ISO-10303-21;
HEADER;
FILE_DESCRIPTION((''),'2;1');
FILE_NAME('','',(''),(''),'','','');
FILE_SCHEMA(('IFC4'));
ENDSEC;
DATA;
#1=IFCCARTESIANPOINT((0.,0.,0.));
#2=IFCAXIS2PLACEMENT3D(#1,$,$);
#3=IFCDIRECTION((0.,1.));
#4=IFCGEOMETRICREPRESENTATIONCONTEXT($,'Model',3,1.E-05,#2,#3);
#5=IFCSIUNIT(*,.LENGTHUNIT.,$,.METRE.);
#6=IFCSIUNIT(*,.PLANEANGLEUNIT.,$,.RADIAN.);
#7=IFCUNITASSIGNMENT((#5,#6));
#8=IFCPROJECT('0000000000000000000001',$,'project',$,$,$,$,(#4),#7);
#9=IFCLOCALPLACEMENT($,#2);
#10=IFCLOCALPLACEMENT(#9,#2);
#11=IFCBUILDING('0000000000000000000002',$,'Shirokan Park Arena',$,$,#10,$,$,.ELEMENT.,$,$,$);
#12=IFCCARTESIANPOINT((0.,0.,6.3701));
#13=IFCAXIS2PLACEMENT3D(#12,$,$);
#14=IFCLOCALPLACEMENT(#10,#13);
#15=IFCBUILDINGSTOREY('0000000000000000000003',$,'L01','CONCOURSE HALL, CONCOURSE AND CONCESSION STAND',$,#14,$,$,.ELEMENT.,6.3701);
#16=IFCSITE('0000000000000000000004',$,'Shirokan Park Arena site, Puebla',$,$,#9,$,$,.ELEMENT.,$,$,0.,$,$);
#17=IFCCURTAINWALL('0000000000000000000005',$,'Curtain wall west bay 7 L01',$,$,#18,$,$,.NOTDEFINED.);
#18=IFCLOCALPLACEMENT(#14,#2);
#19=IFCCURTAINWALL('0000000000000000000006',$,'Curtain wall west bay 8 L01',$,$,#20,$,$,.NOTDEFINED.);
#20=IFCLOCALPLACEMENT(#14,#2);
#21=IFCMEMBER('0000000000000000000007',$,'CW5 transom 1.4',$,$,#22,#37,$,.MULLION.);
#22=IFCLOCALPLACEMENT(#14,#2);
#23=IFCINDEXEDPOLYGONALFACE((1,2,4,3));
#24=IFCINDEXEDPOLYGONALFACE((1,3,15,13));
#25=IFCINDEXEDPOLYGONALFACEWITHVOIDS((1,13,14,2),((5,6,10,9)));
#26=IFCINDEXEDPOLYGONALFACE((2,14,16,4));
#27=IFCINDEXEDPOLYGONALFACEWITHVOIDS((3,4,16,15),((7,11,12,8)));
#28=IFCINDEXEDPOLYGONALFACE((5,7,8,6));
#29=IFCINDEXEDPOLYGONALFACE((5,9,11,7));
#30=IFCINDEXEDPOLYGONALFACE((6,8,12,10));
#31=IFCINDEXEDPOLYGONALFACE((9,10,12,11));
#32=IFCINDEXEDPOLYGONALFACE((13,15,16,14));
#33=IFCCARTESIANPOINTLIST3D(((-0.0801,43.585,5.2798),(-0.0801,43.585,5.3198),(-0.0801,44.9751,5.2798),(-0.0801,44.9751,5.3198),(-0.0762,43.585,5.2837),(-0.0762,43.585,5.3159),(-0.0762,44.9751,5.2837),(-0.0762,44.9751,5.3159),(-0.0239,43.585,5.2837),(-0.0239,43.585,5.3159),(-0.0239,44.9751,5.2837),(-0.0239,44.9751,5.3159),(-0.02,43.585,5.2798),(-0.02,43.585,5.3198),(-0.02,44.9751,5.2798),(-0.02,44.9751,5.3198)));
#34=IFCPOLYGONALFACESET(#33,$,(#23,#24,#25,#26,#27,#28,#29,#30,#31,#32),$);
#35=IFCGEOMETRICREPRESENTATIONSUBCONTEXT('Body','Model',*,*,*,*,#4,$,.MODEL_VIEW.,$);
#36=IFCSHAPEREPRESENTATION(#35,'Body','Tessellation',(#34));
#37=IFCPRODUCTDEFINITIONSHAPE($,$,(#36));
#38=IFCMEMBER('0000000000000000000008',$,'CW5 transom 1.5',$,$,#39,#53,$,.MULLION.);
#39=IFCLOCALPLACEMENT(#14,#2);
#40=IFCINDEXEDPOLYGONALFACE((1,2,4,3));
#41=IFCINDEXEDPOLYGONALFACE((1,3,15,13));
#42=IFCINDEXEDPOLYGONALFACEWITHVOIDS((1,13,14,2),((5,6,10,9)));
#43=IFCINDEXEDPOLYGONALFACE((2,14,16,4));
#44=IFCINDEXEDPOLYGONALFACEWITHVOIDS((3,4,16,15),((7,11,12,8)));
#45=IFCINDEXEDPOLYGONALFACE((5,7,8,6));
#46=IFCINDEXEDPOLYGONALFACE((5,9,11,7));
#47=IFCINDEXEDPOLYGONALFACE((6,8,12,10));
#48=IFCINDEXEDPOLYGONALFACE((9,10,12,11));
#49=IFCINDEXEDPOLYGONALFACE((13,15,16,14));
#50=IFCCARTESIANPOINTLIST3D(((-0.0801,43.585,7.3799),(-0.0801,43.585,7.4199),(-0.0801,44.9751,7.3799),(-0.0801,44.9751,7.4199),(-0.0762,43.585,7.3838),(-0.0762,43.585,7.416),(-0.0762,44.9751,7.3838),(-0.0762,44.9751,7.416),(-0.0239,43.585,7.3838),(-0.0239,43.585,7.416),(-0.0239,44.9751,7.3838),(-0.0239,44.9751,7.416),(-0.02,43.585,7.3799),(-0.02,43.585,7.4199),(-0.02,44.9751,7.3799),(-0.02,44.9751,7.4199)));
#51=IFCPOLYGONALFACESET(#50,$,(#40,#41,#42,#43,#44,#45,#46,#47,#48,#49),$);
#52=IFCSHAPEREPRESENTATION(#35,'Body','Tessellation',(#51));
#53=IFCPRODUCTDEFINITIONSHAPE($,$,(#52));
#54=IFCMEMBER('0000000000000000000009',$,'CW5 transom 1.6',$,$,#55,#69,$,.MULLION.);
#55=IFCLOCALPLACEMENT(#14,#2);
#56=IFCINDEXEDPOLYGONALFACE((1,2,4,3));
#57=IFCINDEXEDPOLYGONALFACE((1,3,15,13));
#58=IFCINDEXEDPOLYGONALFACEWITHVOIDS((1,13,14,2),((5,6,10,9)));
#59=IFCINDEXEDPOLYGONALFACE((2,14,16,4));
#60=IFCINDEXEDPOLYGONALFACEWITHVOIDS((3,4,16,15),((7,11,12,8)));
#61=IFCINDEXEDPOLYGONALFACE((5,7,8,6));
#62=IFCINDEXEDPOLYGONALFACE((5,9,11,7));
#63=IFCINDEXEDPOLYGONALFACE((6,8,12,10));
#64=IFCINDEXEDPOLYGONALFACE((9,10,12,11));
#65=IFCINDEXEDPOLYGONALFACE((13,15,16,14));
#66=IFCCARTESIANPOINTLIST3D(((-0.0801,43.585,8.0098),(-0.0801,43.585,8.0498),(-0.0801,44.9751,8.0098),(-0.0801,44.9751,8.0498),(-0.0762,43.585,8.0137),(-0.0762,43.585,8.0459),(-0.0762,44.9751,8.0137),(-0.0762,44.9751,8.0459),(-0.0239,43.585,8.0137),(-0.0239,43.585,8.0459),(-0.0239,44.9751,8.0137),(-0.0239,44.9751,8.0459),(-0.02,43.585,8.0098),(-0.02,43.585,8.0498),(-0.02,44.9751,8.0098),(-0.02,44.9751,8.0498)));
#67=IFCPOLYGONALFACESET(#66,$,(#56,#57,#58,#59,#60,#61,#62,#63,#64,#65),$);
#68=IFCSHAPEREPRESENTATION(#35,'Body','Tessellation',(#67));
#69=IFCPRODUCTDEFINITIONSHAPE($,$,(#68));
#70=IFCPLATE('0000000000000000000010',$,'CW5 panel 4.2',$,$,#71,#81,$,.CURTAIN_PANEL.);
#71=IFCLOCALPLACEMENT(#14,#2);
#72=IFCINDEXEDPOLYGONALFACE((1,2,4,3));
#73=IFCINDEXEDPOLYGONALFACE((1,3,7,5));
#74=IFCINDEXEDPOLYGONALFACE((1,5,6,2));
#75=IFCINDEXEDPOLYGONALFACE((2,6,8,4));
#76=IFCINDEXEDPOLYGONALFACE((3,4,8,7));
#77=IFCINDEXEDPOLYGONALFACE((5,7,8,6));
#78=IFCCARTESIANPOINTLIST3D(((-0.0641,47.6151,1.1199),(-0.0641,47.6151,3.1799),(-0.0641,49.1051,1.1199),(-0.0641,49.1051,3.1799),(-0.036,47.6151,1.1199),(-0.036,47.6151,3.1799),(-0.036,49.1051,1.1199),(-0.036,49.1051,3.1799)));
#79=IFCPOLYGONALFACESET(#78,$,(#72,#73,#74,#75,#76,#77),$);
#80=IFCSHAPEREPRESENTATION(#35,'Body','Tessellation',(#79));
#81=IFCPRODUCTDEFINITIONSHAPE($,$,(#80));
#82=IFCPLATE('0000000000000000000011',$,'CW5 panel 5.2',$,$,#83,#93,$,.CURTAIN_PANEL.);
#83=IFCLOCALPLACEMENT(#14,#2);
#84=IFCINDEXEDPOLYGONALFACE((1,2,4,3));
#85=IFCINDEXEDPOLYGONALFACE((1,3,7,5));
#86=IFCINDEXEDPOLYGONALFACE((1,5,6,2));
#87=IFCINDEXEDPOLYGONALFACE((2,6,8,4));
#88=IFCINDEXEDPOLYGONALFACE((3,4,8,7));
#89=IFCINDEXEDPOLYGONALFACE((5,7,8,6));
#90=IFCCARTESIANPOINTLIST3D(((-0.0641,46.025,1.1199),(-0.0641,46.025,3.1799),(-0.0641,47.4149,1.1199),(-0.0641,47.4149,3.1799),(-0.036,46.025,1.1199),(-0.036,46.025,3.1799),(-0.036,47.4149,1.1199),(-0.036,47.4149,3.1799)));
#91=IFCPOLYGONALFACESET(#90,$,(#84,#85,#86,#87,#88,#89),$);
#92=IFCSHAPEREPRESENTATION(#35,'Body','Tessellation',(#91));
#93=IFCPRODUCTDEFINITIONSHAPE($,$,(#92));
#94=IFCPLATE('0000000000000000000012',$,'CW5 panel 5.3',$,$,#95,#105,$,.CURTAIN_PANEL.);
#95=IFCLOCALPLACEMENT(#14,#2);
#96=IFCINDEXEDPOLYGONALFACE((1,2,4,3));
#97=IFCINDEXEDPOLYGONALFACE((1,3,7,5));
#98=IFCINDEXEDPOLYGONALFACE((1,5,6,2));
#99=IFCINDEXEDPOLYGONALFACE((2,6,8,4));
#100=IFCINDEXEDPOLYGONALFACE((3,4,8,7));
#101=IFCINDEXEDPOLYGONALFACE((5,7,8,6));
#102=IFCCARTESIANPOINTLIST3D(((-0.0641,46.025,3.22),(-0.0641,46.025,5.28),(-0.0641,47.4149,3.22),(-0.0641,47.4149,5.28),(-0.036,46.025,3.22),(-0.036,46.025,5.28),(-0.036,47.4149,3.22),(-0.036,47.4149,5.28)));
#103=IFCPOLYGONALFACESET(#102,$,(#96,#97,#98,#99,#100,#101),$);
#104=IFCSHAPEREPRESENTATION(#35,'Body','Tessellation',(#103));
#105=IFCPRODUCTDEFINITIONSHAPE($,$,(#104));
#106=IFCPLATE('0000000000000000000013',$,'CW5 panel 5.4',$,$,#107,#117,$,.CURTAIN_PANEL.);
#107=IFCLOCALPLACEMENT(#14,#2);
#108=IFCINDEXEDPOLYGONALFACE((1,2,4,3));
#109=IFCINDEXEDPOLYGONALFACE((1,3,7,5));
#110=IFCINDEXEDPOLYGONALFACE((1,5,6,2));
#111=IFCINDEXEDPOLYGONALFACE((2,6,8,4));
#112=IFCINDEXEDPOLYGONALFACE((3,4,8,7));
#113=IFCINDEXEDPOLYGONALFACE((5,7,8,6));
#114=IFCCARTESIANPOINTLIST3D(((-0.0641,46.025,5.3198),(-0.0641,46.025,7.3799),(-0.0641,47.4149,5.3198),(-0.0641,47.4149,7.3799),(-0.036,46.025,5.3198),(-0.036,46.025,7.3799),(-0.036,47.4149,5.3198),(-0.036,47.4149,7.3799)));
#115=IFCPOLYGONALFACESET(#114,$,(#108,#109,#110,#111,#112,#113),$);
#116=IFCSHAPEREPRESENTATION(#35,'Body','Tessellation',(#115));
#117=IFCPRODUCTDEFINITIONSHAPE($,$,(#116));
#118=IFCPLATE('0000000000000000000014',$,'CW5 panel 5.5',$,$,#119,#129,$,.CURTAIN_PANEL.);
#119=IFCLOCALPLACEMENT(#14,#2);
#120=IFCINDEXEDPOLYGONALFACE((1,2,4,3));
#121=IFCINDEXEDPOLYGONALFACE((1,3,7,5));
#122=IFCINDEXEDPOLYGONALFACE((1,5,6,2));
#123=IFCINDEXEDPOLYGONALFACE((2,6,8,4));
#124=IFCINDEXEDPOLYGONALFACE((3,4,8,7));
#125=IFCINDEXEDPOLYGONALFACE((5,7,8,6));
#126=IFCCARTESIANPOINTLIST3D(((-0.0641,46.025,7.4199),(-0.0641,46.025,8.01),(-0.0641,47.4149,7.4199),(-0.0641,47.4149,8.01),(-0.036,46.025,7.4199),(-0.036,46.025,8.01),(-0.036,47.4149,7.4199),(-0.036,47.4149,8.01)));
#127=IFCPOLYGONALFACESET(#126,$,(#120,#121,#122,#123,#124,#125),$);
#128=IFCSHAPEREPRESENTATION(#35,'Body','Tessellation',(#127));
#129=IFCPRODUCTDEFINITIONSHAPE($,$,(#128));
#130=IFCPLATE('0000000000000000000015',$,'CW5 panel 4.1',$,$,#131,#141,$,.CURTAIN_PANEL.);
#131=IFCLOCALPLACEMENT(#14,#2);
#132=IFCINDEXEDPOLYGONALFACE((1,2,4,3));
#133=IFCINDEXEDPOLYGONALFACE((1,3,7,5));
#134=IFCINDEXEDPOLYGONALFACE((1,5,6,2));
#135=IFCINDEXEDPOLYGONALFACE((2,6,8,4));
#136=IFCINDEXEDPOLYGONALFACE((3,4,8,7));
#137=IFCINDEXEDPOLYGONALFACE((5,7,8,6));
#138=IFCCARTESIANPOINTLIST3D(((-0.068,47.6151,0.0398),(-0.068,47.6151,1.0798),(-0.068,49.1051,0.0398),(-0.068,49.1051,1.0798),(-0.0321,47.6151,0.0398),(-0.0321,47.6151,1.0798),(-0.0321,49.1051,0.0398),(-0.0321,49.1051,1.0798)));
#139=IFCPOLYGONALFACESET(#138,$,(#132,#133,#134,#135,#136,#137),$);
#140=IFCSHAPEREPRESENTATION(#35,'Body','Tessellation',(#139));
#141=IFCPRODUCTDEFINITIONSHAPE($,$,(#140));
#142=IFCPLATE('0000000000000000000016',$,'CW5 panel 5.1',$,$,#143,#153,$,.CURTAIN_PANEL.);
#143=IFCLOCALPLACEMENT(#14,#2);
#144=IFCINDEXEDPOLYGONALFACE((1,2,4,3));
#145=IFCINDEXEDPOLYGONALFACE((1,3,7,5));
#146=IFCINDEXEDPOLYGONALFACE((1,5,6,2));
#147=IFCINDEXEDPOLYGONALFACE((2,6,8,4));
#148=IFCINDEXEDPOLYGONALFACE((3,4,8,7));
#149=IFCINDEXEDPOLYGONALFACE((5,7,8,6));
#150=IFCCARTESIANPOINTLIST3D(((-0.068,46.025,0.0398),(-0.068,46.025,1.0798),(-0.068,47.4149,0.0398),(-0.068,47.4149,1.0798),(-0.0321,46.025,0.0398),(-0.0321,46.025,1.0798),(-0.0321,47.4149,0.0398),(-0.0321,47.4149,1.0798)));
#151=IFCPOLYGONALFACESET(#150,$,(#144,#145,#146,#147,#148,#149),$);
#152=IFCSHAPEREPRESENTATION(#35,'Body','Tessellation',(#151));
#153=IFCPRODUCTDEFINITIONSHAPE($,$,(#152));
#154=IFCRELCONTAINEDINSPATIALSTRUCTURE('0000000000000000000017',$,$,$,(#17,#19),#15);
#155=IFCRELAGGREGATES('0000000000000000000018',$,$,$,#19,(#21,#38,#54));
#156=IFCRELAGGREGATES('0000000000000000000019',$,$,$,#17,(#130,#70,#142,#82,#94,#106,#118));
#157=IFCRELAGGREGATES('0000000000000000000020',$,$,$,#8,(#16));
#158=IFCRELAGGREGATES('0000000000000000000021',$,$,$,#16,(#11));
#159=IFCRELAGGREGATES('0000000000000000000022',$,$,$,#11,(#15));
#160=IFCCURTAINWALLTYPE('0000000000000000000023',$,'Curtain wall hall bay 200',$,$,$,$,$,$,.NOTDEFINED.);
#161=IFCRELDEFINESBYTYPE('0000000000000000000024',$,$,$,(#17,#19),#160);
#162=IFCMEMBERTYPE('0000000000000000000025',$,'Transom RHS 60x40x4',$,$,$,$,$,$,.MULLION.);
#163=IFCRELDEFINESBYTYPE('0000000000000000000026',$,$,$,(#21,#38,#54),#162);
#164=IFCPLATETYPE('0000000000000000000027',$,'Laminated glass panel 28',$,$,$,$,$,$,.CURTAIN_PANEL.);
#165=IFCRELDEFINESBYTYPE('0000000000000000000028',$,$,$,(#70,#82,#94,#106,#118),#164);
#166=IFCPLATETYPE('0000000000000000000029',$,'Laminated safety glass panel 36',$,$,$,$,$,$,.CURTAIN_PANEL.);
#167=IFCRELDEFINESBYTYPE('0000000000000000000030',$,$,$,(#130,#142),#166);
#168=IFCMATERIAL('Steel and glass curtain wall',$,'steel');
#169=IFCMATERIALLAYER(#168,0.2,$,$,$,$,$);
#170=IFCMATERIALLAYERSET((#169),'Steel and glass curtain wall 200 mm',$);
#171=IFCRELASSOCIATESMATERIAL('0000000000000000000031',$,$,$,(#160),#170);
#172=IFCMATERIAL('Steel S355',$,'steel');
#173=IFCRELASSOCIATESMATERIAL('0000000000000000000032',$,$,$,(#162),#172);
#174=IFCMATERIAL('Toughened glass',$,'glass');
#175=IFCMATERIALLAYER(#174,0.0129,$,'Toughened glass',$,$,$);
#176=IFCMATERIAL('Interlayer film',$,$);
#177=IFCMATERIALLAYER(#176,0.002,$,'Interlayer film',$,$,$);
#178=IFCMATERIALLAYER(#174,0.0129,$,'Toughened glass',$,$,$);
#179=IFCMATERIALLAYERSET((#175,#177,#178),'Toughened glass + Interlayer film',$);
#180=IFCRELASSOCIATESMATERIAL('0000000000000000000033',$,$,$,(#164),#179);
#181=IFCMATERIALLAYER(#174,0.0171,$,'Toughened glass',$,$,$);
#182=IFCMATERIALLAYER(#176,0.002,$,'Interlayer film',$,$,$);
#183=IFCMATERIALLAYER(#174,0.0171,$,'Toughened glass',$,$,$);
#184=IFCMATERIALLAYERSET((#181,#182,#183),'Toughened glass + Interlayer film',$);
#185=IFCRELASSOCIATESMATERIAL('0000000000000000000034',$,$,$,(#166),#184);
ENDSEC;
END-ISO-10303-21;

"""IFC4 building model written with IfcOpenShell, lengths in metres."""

from ifc_helpers import new_model, si_unit, direction, frame, origin, origin_2d, place, context, subcontext, project, spatial, rectangle, hollow_rectangle, extrude, material, layer, layer_set, material_profile, profile_set, type_object, element, aggregate, save


model = new_model("IFC4")

# Units and contexts
model_context = context("Model", 3, precision=1e-05, world=origin(), true_north=direction((0.0, 1.0)))
body_context = subcontext(model_context, "Body", "Model", "MODEL_VIEW")
ifc_project = project(units=[si_unit("LENGTHUNIT", "METRE"), si_unit("PLANEANGLEUNIT", "RADIAN")], contexts=[model_context])

# Site, building, storey
site_placement = place(None, origin())
site = spatial("IfcSite", under=ifc_project, at=site_placement, Name="Shirokan Park Arena site, Puebla", CompositionType="ELEMENT", RefElevation=0.0)
building_placement = place(site_placement, origin())
building = spatial("IfcBuilding", under=site, at=building_placement, Name="Shirokan Park Arena", CompositionType="ELEMENT")
storey_placement = place(building_placement, frame((0.0, 0.0, 6.3701)))
storey = spatial("IfcBuildingStorey", under=building, at=storey_placement, Name="L01", Description="CONCOURSE HALL, CONCOURSE AND CONCESSION STAND", CompositionType="ELEMENT", Elevation=6.3701)

# Curtain wall
ifc_material_1 = material(Name="Steel and glass curtain wall", Category="steel")
ifc_layer_1 = layer(ifc_material_1, 0.2)
ifc_layer_set_1 = layer_set([ifc_layer_1], Name="Steel and glass curtain wall 200 mm")
curtain_wall_type = type_object("IfcCurtainWallType", Name="Curtain wall hall bay 200", PredefinedType="NOTDEFINED", material=ifc_layer_set_1)
curtain_wall_1_placement = place(storey_placement, origin())
curtain_wall_1 = element("IfcCurtainWall", 1, at=curtain_wall_1_placement, inside=storey, type_object=curtain_wall_type, Name="Curtain wall west bay 7 L01", PredefinedType="NOTDEFINED")
ifc_material_2 = material(Name="Steel S355", Category="steel")

# Curtain wall
curtain_wall_2_placement = place(storey_placement, origin())
curtain_wall_2 = element("IfcCurtainWall", 2, at=curtain_wall_2_placement, inside=storey, type_object=curtain_wall_type, Name="Curtain wall west bay 8 L01", PredefinedType="NOTDEFINED")

# Members
ifc_material_profile_1 = material_profile(ifc_material_2, hollow_rectangle(XDim=0.0601, YDim=0.04, WallThickness=0.0039, at=origin_2d()), Name="RHS 60x40x4")
ifc_profile_set_1 = profile_set([ifc_material_profile_1], Name="Steel S355")
member_type_1 = type_object("IfcMemberType", Name="Transom RHS 60x40x4", PredefinedType="MULLION", material=ifc_profile_set_1)
member_1_placement = place(storey_placement, frame((-0.05, 44.9751, 5.2998), z_axis=(0.0, -1.0, 0.0), x_axis=(1.0, 0.0, 0.0)))
member_1 = element("IfcMember", 3, at=member_1_placement, type_object=member_type_1, Name="CW5 transom 1.4", PredefinedType="MULLION", context=body_context, shape_type="SweptSolid", body=[
    extrude(hollow_rectangle(XDim=0.0601, YDim=0.04, WallThickness=0.0039, at=origin_2d()), origin(), (0.0, 0.0, 1.0), 1.3901),
])
member_2_placement = place(storey_placement, frame((-0.05, 44.9751, 7.3999), z_axis=(0.0, -1.0, 0.0), x_axis=(1.0, 0.0, 0.0)))
member_2 = element("IfcMember", 4, at=member_2_placement, type_object=member_type_1, Name="CW5 transom 1.5", PredefinedType="MULLION", context=body_context, shape_type="SweptSolid", body=[
    extrude(hollow_rectangle(XDim=0.0601, YDim=0.04, WallThickness=0.0039, at=origin_2d()), origin(), (0.0, 0.0, 1.0), 1.3901),
])
member_3_placement = place(storey_placement, frame((-0.05, 44.9751, 8.0298), z_axis=(0.0, -1.0, 0.0), x_axis=(1.0, 0.0, 0.0)))
member_3 = element("IfcMember", 5, at=member_3_placement, type_object=member_type_1, Name="CW5 transom 1.6", PredefinedType="MULLION", context=body_context, shape_type="SweptSolid", body=[
    extrude(hollow_rectangle(XDim=0.0601, YDim=0.04, WallThickness=0.0039, at=origin_2d()), origin(), (0.0, 0.0, 1.0), 1.3901),
])
aggregate(curtain_wall_2, [member_1, member_2, member_3])

# Plates
ifc_material_3 = material(Name="Toughened glass", Category="glass")
ifc_layer_2 = layer(ifc_material_3, 0.0129, Name="Toughened glass")
ifc_material_4 = material(Name="Interlayer film")
ifc_layer_3 = layer(ifc_material_4, 0.002, Name="Interlayer film")
ifc_layer_4 = layer(ifc_material_3, 0.0129, Name="Toughened glass")
ifc_layer_set_2 = layer_set([ifc_layer_2, ifc_layer_3, ifc_layer_4], Name="Toughened glass + Interlayer film")
plate_type_1 = type_object("IfcPlateType", Name="Laminated glass panel 28", PredefinedType="CURTAIN_PANEL", material=ifc_layer_set_2)
plate_1_placement = place(storey_placement, frame((-0.05, 48.3601, 1.1199), z_axis=(0.0, 0.0, 1.0), x_axis=(0.0, -1.0, 0.0)))
plate_1 = element("IfcPlate", 6, at=plate_1_placement, type_object=plate_type_1, Name="CW5 panel 4.2", PredefinedType="CURTAIN_PANEL", context=body_context, shape_type="SweptSolid", body=[
    extrude(rectangle(XDim=1.49, YDim=0.0281, at=origin_2d()), origin(), (0.0, 0.0, 1.0), 2.0601),
])
plate_2_placement = place(storey_placement, frame((-0.05, 46.72, 1.1199), z_axis=(0.0, 0.0, 1.0), x_axis=(0.0, -1.0, 0.0)))
plate_2 = element("IfcPlate", 7, at=plate_2_placement, type_object=plate_type_1, Name="CW5 panel 5.2", PredefinedType="CURTAIN_PANEL", context=body_context, shape_type="SweptSolid", body=[
    extrude(rectangle(XDim=1.3899, YDim=0.0281, at=origin_2d()), origin(), (0.0, 0.0, 1.0), 2.0601),
])
plate_3_placement = place(storey_placement, frame((-0.05, 46.72, 3.22), z_axis=(0.0, 0.0, 1.0), x_axis=(0.0, -1.0, 0.0)))
plate_3 = element("IfcPlate", 8, at=plate_3_placement, type_object=plate_type_1, Name="CW5 panel 5.3", PredefinedType="CURTAIN_PANEL", context=body_context, shape_type="SweptSolid", body=[
    extrude(rectangle(XDim=1.3899, YDim=0.0281, at=origin_2d()), origin(), (0.0, 0.0, 1.0), 2.0601),
])
plate_4_placement = place(storey_placement, frame((-0.05, 46.72, 5.3198), z_axis=(0.0, 0.0, 1.0), x_axis=(0.0, -1.0, 0.0)))
plate_4 = element("IfcPlate", 9, at=plate_4_placement, type_object=plate_type_1, Name="CW5 panel 5.4", PredefinedType="CURTAIN_PANEL", context=body_context, shape_type="SweptSolid", body=[
    extrude(rectangle(XDim=1.3899, YDim=0.0281, at=origin_2d()), origin(), (0.0, 0.0, 1.0), 2.0601),
])
plate_5_placement = place(storey_placement, frame((-0.05, 46.72, 7.4199), z_axis=(0.0, 0.0, 1.0), x_axis=(0.0, -1.0, 0.0)))
plate_5 = element("IfcPlate", 10, at=plate_5_placement, type_object=plate_type_1, Name="CW5 panel 5.5", PredefinedType="CURTAIN_PANEL", context=body_context, shape_type="SweptSolid", body=[
    extrude(rectangle(XDim=1.3899, YDim=0.0281, at=origin_2d()), origin(), (0.0, 0.0, 1.0), 0.5901),
])
ifc_layer_5 = layer(ifc_material_3, 0.0171, Name="Toughened glass")
ifc_layer_6 = layer(ifc_material_4, 0.002, Name="Interlayer film")
ifc_layer_7 = layer(ifc_material_3, 0.0171, Name="Toughened glass")
ifc_layer_set_3 = layer_set([ifc_layer_5, ifc_layer_6, ifc_layer_7], Name="Toughened glass + Interlayer film")
plate_type_2 = type_object("IfcPlateType", Name="Laminated safety glass panel 36", PredefinedType="CURTAIN_PANEL", material=ifc_layer_set_3)
plate_6_placement = place(storey_placement, frame((-0.05, 48.3601, 0.0398), z_axis=(0.0, 0.0, 1.0), x_axis=(0.0, -1.0, 0.0)))
plate_6 = element("IfcPlate", 11, at=plate_6_placement, type_object=plate_type_2, Name="CW5 panel 4.1", PredefinedType="CURTAIN_PANEL", context=body_context, shape_type="SweptSolid", body=[
    extrude(rectangle(XDim=1.49, YDim=0.0359, at=origin_2d()), origin(), (0.0, 0.0, 1.0), 1.04),
])
plate_7_placement = place(storey_placement, frame((-0.05, 46.72, 0.0398), z_axis=(0.0, 0.0, 1.0), x_axis=(0.0, -1.0, 0.0)))
plate_7 = element("IfcPlate", 12, at=plate_7_placement, type_object=plate_type_2, Name="CW5 panel 5.1", PredefinedType="CURTAIN_PANEL", context=body_context, shape_type="SweptSolid", body=[
    extrude(rectangle(XDim=1.3899, YDim=0.0359, at=origin_2d()), origin(), (0.0, 0.0, 1.0), 1.04),
])
aggregate(curtain_wall_1, [plate_6, plate_1, plate_7, plate_2, plate_3, plate_4, plate_5])

save(model, "model.ifc")
